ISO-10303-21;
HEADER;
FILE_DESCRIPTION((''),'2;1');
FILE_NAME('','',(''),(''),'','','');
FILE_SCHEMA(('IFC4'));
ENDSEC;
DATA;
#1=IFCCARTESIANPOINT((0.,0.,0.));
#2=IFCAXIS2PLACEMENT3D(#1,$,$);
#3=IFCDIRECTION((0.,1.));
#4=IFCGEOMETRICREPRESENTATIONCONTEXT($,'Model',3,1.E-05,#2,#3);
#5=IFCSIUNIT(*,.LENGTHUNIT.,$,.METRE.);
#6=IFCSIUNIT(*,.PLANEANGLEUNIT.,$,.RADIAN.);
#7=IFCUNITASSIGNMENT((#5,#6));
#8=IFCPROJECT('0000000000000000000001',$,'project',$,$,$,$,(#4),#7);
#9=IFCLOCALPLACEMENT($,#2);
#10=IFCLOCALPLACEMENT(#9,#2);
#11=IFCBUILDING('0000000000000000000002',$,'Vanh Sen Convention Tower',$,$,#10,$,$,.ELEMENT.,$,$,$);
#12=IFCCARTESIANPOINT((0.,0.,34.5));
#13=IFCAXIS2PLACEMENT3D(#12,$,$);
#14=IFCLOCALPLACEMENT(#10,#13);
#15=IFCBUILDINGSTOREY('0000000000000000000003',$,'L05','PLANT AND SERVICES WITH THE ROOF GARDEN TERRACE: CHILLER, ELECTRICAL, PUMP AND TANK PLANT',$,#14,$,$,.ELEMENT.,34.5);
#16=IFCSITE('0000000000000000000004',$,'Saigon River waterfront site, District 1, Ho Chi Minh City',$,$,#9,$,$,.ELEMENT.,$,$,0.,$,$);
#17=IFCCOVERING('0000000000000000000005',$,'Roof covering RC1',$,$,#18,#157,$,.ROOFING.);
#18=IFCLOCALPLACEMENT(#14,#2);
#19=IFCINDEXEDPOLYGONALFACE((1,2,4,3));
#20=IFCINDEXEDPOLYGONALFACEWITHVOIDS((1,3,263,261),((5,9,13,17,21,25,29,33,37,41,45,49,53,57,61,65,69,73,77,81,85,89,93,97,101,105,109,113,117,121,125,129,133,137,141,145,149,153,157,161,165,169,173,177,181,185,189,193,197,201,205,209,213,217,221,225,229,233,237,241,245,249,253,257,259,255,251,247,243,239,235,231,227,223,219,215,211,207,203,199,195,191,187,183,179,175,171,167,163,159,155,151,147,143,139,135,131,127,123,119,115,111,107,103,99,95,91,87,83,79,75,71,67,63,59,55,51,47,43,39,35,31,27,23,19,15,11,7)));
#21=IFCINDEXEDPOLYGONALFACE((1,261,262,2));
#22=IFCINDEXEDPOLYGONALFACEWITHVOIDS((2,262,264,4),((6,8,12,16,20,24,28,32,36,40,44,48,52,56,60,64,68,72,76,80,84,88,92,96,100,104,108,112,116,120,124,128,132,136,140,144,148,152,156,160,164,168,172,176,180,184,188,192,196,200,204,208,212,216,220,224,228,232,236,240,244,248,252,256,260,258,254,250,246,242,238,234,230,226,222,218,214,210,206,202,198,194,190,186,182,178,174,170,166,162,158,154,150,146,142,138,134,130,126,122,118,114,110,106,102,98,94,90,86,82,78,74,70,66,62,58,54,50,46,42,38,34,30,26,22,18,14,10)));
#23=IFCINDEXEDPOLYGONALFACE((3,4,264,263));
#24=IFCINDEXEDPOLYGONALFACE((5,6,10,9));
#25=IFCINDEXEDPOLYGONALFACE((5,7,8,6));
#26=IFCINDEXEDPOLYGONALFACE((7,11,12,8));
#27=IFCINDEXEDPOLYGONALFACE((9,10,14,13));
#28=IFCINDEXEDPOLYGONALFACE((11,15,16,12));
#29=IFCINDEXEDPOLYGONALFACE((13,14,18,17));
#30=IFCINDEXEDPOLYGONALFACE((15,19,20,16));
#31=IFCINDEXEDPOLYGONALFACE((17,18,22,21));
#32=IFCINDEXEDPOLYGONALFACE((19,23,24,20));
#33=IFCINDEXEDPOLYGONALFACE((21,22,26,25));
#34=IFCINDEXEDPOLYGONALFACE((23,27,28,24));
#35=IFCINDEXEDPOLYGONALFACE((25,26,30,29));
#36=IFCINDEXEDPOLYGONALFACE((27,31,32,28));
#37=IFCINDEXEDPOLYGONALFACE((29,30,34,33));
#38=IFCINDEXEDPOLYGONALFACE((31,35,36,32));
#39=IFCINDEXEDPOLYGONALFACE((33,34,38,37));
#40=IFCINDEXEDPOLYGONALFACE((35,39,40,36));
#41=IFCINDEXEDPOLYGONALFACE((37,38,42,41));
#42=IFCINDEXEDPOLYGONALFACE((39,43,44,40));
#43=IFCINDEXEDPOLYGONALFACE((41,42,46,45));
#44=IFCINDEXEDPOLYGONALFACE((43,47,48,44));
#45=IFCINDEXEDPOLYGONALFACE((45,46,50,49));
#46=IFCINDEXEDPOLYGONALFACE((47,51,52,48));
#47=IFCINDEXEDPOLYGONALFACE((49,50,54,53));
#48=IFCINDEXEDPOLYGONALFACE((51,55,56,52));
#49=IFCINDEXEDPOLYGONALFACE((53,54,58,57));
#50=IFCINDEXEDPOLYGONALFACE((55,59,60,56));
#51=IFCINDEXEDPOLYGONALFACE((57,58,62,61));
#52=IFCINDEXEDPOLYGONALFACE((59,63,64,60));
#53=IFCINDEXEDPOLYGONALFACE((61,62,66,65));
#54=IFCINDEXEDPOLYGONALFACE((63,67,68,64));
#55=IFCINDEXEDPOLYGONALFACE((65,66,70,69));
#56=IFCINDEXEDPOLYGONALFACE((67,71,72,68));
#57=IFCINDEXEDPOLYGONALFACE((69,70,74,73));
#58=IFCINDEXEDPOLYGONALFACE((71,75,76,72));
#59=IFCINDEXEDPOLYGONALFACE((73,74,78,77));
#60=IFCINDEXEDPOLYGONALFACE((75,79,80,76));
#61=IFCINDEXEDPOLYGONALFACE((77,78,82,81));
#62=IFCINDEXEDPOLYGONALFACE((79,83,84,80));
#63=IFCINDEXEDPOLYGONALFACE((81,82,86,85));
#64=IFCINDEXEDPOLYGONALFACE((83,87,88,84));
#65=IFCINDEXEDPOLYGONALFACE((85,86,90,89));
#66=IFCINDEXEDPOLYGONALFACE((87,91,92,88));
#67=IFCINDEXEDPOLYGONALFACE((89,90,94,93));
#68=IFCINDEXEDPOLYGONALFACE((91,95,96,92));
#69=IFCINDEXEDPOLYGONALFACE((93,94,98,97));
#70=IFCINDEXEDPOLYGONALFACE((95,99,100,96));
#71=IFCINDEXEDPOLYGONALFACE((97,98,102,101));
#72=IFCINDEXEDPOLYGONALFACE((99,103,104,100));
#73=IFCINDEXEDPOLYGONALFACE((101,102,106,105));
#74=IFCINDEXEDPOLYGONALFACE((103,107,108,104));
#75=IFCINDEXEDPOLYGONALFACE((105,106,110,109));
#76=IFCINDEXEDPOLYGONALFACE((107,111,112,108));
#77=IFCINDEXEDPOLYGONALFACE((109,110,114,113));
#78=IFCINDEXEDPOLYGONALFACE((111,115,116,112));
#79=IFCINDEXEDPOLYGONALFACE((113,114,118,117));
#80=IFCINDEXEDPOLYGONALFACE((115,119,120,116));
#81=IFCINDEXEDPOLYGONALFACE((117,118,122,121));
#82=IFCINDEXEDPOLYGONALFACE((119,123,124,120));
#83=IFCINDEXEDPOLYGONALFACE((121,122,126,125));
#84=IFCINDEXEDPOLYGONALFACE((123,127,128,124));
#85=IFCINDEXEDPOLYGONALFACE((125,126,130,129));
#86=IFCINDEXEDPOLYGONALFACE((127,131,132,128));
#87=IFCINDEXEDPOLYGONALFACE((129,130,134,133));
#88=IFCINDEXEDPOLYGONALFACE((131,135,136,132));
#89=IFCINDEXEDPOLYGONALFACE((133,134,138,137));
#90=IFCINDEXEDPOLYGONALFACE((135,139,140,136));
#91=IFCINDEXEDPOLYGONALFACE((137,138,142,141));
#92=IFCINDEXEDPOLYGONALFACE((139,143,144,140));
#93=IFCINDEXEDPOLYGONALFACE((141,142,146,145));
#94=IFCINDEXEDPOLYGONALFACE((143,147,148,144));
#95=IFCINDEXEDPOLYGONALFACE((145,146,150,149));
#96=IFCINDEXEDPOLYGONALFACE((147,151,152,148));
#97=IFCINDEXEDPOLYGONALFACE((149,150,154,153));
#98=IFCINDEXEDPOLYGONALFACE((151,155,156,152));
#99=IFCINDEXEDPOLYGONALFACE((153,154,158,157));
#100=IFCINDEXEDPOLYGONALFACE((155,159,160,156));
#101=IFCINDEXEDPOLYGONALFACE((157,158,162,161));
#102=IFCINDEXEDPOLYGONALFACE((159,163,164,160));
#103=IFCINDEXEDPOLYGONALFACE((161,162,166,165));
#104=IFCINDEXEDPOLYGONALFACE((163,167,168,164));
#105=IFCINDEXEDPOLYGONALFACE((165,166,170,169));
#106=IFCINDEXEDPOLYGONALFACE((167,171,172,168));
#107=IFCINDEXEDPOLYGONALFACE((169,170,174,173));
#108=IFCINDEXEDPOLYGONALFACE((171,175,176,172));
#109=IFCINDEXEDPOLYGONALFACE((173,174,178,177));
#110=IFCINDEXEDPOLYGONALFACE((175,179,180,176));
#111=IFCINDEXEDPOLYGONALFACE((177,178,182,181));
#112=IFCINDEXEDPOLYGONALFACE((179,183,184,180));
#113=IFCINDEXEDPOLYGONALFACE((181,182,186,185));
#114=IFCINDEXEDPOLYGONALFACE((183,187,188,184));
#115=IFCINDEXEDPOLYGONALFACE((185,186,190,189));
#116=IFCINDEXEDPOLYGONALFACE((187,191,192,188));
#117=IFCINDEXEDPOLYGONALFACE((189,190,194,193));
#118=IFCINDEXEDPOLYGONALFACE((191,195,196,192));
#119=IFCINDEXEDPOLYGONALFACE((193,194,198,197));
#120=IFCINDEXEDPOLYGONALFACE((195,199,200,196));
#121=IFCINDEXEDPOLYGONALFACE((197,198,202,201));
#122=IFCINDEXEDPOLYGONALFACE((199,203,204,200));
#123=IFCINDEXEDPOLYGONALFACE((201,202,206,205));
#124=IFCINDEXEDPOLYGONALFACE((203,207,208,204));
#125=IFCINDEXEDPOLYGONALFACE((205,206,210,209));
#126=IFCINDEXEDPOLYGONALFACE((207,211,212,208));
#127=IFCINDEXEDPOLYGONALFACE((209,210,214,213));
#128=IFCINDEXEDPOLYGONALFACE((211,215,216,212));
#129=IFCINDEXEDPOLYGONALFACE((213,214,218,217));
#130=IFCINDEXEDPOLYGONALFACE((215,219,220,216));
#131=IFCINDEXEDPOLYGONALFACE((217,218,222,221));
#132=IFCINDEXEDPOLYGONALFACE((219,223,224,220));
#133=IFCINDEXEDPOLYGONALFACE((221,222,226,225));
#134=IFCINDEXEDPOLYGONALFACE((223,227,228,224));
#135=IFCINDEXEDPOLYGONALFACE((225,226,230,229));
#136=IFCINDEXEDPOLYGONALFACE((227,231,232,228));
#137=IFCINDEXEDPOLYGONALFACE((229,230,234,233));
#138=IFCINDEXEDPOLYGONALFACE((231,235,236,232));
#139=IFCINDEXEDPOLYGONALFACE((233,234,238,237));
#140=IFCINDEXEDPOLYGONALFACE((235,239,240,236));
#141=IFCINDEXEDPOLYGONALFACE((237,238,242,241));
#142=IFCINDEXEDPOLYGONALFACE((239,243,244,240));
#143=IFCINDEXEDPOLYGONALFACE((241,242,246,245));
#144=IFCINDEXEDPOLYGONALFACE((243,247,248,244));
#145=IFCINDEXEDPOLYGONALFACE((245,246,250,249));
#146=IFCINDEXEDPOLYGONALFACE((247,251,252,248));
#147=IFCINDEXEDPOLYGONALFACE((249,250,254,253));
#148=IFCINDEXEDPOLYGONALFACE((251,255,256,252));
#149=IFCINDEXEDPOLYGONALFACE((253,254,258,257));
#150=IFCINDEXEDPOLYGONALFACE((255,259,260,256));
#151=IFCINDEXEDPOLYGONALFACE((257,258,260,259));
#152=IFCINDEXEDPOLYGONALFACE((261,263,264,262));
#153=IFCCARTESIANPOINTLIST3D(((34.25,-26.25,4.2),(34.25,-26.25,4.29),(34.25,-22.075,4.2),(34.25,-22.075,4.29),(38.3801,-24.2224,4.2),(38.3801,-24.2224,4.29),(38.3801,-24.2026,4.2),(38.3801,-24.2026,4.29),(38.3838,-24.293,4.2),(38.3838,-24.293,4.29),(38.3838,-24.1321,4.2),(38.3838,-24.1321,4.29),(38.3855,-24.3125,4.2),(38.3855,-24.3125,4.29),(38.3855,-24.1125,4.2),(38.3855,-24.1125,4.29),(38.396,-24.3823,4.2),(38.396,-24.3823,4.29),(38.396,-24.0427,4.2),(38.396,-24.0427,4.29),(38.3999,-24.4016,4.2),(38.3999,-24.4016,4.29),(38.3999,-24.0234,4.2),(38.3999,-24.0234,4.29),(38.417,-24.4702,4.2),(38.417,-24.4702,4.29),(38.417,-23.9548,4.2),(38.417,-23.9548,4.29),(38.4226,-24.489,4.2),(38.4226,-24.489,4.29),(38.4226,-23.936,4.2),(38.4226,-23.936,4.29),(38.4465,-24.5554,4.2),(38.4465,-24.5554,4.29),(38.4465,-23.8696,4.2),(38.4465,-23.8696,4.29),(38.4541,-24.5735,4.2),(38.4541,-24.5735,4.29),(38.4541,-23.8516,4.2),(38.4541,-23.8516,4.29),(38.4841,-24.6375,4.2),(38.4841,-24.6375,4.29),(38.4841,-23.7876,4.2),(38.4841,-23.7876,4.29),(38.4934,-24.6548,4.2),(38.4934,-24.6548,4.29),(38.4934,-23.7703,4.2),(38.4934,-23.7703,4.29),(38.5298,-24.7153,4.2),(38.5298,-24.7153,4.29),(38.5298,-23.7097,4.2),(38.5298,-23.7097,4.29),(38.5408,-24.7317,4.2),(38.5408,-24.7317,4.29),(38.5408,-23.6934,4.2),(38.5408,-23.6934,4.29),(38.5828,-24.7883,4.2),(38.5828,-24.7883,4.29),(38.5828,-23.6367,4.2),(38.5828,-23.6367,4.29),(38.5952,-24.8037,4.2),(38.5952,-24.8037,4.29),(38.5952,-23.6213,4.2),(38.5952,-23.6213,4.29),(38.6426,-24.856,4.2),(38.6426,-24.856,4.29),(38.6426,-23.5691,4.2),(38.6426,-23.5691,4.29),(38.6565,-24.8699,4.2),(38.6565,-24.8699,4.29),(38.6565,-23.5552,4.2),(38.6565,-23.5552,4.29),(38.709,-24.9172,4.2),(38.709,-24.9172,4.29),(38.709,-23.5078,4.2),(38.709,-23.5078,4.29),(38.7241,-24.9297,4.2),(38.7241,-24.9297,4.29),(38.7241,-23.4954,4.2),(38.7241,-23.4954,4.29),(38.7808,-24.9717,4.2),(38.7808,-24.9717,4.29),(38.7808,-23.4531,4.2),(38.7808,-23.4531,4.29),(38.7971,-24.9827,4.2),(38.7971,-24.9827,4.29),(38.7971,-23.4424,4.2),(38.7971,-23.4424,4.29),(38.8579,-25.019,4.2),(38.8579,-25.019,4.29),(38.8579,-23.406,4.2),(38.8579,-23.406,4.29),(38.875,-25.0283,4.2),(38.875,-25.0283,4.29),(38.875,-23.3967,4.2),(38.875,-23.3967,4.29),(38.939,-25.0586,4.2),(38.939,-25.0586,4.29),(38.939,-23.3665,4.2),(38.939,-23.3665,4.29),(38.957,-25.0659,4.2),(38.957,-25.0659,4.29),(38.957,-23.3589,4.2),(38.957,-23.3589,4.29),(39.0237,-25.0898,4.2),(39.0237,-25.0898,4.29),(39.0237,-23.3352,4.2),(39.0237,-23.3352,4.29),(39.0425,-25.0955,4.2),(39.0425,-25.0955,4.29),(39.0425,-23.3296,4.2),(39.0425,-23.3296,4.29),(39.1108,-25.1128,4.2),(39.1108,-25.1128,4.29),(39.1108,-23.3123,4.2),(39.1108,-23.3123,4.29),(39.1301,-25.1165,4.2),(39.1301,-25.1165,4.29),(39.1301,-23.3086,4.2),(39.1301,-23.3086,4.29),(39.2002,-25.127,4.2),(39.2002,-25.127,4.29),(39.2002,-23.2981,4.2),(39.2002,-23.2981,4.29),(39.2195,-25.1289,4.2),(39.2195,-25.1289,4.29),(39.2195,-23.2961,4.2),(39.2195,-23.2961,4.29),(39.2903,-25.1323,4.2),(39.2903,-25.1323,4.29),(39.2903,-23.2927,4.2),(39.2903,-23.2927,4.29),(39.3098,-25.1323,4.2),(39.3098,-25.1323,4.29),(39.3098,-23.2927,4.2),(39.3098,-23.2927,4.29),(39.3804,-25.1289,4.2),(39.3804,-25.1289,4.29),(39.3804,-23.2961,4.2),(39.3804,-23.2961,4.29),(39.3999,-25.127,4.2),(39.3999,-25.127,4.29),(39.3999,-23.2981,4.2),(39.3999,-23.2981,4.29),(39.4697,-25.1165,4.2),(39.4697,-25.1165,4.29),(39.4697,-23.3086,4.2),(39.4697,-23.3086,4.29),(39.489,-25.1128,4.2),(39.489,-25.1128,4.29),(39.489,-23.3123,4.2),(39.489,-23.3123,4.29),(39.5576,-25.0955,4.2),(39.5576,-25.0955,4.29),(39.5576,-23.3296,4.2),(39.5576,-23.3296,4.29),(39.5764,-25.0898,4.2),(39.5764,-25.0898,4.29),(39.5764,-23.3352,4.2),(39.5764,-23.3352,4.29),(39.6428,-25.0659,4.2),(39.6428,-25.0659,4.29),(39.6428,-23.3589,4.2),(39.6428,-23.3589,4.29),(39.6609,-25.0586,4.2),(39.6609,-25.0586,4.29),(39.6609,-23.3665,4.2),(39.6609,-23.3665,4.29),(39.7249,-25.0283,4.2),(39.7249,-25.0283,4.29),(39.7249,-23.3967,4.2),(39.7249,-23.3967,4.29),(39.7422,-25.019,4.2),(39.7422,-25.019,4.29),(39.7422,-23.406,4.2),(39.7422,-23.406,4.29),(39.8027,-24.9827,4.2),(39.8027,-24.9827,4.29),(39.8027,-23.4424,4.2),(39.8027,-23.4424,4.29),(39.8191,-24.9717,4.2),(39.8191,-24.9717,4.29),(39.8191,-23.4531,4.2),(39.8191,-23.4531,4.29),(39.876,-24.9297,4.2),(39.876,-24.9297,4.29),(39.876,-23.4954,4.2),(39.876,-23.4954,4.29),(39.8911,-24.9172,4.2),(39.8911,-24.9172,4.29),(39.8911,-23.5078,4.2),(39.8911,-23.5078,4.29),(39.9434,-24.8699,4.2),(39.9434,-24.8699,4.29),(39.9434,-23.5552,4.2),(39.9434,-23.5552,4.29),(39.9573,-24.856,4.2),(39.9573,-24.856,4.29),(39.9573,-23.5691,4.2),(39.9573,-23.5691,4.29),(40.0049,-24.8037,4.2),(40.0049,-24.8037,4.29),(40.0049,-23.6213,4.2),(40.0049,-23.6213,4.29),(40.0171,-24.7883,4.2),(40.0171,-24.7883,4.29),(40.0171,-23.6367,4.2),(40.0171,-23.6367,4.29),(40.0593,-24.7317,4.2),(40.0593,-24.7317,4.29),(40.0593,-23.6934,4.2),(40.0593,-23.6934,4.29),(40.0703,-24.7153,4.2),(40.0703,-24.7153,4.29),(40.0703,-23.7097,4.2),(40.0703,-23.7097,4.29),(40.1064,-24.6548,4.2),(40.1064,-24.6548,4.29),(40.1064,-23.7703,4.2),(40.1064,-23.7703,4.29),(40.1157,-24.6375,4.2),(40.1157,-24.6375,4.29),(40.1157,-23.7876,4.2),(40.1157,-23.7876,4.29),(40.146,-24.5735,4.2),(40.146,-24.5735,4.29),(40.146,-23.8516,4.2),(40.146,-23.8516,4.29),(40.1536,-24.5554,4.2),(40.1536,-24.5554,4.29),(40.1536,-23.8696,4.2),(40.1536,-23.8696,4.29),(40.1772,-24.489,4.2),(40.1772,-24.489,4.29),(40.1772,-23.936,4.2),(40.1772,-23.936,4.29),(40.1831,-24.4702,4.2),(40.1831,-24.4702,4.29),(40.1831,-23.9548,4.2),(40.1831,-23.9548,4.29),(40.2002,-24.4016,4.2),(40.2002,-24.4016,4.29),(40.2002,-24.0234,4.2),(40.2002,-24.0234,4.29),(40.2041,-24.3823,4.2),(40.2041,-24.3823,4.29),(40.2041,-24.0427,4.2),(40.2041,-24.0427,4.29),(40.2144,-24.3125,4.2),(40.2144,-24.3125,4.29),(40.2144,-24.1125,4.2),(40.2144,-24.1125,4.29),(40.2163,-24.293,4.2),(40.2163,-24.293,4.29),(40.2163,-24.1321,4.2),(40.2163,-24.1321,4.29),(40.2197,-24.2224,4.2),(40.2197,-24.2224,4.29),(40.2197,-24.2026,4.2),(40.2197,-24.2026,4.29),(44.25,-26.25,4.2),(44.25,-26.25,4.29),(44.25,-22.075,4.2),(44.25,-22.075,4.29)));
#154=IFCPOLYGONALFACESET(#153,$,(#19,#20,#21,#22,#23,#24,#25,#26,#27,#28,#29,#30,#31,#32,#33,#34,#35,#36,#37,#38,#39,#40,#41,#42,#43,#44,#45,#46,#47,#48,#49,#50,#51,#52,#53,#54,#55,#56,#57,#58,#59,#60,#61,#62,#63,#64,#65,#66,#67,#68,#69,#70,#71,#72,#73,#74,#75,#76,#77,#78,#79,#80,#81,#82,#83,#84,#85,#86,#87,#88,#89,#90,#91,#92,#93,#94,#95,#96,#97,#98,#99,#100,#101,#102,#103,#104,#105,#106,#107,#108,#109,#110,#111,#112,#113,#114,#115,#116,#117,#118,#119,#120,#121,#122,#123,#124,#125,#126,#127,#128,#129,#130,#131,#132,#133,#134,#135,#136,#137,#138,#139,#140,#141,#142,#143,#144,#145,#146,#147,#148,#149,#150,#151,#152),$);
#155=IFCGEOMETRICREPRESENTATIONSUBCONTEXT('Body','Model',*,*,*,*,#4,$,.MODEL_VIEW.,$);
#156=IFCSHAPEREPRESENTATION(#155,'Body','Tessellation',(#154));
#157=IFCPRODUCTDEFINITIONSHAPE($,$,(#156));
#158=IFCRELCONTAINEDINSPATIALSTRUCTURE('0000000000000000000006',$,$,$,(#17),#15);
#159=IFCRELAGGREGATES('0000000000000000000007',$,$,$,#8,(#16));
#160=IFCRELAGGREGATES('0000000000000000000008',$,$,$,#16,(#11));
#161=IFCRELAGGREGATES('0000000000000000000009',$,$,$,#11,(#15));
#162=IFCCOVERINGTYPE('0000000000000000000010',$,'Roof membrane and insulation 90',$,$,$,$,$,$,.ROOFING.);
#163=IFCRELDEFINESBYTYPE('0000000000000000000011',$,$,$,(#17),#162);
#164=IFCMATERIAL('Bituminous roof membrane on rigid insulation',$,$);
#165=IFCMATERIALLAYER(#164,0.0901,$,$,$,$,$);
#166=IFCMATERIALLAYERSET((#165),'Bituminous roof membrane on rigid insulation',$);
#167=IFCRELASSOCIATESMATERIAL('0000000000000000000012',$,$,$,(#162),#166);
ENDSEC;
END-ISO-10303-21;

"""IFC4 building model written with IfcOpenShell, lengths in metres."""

from ifc_helpers import new_model, si_unit, direction, frame, origin, place, context, subcontext, project, spatial, polyline, outline, extrude, material, layer, layer_set, type_object, element, save


model = new_model("IFC4")

# Units and contexts
model_context = context("Model", 3, precision=1e-05, world=origin(), true_north=direction((0.0, 1.0)))
body_context = subcontext(model_context, "Body", "Model", "MODEL_VIEW")
ifc_project = project(units=[si_unit("LENGTHUNIT", "METRE"), si_unit("PLANEANGLEUNIT", "RADIAN")], contexts=[model_context])

# Site, building, storey
site_placement = place(None, origin())
site = spatial("IfcSite", under=ifc_project, at=site_placement, Name="Saigon River waterfront site, District 1, Ho Chi Minh City", CompositionType="ELEMENT", RefElevation=0.0)
building_placement = place(site_placement, origin())
building = spatial("IfcBuilding", under=site, at=building_placement, Name="Vanh Sen Convention Tower", CompositionType="ELEMENT")
storey_placement = place(building_placement, frame((0.0, 0.0, 34.5)))
storey = spatial("IfcBuildingStorey", under=building, at=storey_placement, Name="L05", Description="PLANT AND SERVICES WITH THE ROOF GARDEN TERRACE: CHILLER, ELECTRICAL, PUMP AND TANK PLANT", CompositionType="ELEMENT", Elevation=34.5)

# Covering
ifc_material_1 = material(Name="Bituminous roof membrane on rigid insulation")
ifc_layer_1 = layer(ifc_material_1, 0.0901)
ifc_layer_set_1 = layer_set([ifc_layer_1], Name="Bituminous roof membrane on rigid insulation")
covering_type = type_object("IfcCoveringType", Name="Roof membrane and insulation 90", PredefinedType="ROOFING", material=ifc_layer_set_1)
covering_1_placement = place(storey_placement, frame((0.0, 0.0, 4.2)))
element("IfcCovering", 1, at=covering_1_placement, inside=storey, type_object=covering_type, Name="Roof covering RC1", PredefinedType="ROOFING", context=body_context, shape_type="SweptSolid", body=[
    extrude(outline(polyline([(34.25, -26.25), (44.25, -26.25), (44.25, -22.075), (34.25, -22.075), (34.25, -26.25)]), holes=[polyline([(40.1772, -24.489), (40.1831, -24.4702), (40.2002, -24.4016), (40.2041, -24.3823), (40.2144, -24.3125), (40.2163, -24.293), (40.2197, -24.2224), (40.2197, -24.2026), (40.2163, -24.1321), (40.2144, -24.1125), (40.2041, -24.0427), (40.2002, -24.0234), (40.1831, -23.9548), (40.1772, -23.936), (40.1536, -23.8696), (40.146, -23.8516), (40.1157, -23.7876), (40.1064, -23.7703), (40.0703, -23.7097), (40.0593, -23.6934), (40.0171, -23.6367), (40.0049, -23.6213), (39.9573, -23.5691), (39.9434, -23.5552), (39.8911, -23.5078), (39.876, -23.4954), (39.8191, -23.4531), (39.8027, -23.4424), (39.7422, -23.406), (39.7249, -23.3967), (39.6609, -23.3665), (39.6428, -23.3589), (39.5764, -23.3352), (39.5576, -23.3296), (39.489, -23.3123), (39.4697, -23.3086), (39.3999, -23.2981), (39.3804, -23.2961), (39.3098, -23.2927), (39.2903, -23.2927), (39.2195, -23.2961), (39.2002, -23.2981), (39.1301, -23.3086), (39.1108, -23.3123), (39.0425, -23.3296), (39.0237, -23.3352), (38.957, -23.3589), (38.939, -23.3665), (38.875, -23.3967), (38.8579, -23.406), (38.7971, -23.4424), (38.7808, -23.4531), (38.7241, -23.4954), (38.709, -23.5078), (38.6565, -23.5552), (38.6426, -23.5691), (38.5952, -23.6213), (38.5828, -23.6367), (38.5408, -23.6934), (38.5298, -23.7097), (38.4934, -23.7703), (38.4841, -23.7876), (38.4541, -23.8516), (38.4465, -23.8696), (38.4226, -23.936), (38.417, -23.9548), (38.3999, -24.0234), (38.396, -24.0427), (38.3855, -24.1125), (38.3838, -24.1321), (38.3801, -24.2026), (38.3801, -24.2224), (38.3838, -24.293), (38.3855, -24.3125), (38.396, -24.3823), (38.3999, -24.4016), (38.417, -24.4702), (38.4226, -24.489), (38.4465, -24.5554), (38.4541, -24.5735), (38.4841, -24.6375), (38.4934, -24.6548), (38.5298, -24.7153), (38.5408, -24.7317), (38.5828, -24.7883), (38.5952, -24.8037), (38.6426, -24.856), (38.6565, -24.8699), (38.709, -24.9172), (38.7241, -24.9297), (38.7808, -24.9717), (38.7971, -24.9827), (38.8579, -25.019), (38.875, -25.0283), (38.939, -25.0586), (38.957, -25.0659), (39.0237, -25.0898), (39.0425, -25.0955), (39.1108, -25.1128), (39.1301, -25.1165), (39.2002, -25.127), (39.2195, -25.1289), (39.2903, -25.1323), (39.3098, -25.1323), (39.3804, -25.1289), (39.3999, -25.127), (39.4697, -25.1165), (39.489, -25.1128), (39.5576, -25.0955), (39.5764, -25.0898), (39.6428, -25.0659), (39.6609, -25.0586), (39.7249, -25.0283), (39.7422, -25.019), (39.8027, -24.9827), (39.8191, -24.9717), (39.876, -24.9297), (39.8911, -24.9172), (39.9434, -24.8699), (39.9573, -24.856), (40.0049, -24.8037), (40.0171, -24.7883), (40.0593, -24.7317), (40.0703, -24.7153), (40.1064, -24.6548), (40.1157, -24.6375), (40.146, -24.5735), (40.1536, -24.5554), (40.1772, -24.489)])]), origin(), (0.0, 0.0, 1.0), 0.0901),
])

save(model, "model.ifc")
